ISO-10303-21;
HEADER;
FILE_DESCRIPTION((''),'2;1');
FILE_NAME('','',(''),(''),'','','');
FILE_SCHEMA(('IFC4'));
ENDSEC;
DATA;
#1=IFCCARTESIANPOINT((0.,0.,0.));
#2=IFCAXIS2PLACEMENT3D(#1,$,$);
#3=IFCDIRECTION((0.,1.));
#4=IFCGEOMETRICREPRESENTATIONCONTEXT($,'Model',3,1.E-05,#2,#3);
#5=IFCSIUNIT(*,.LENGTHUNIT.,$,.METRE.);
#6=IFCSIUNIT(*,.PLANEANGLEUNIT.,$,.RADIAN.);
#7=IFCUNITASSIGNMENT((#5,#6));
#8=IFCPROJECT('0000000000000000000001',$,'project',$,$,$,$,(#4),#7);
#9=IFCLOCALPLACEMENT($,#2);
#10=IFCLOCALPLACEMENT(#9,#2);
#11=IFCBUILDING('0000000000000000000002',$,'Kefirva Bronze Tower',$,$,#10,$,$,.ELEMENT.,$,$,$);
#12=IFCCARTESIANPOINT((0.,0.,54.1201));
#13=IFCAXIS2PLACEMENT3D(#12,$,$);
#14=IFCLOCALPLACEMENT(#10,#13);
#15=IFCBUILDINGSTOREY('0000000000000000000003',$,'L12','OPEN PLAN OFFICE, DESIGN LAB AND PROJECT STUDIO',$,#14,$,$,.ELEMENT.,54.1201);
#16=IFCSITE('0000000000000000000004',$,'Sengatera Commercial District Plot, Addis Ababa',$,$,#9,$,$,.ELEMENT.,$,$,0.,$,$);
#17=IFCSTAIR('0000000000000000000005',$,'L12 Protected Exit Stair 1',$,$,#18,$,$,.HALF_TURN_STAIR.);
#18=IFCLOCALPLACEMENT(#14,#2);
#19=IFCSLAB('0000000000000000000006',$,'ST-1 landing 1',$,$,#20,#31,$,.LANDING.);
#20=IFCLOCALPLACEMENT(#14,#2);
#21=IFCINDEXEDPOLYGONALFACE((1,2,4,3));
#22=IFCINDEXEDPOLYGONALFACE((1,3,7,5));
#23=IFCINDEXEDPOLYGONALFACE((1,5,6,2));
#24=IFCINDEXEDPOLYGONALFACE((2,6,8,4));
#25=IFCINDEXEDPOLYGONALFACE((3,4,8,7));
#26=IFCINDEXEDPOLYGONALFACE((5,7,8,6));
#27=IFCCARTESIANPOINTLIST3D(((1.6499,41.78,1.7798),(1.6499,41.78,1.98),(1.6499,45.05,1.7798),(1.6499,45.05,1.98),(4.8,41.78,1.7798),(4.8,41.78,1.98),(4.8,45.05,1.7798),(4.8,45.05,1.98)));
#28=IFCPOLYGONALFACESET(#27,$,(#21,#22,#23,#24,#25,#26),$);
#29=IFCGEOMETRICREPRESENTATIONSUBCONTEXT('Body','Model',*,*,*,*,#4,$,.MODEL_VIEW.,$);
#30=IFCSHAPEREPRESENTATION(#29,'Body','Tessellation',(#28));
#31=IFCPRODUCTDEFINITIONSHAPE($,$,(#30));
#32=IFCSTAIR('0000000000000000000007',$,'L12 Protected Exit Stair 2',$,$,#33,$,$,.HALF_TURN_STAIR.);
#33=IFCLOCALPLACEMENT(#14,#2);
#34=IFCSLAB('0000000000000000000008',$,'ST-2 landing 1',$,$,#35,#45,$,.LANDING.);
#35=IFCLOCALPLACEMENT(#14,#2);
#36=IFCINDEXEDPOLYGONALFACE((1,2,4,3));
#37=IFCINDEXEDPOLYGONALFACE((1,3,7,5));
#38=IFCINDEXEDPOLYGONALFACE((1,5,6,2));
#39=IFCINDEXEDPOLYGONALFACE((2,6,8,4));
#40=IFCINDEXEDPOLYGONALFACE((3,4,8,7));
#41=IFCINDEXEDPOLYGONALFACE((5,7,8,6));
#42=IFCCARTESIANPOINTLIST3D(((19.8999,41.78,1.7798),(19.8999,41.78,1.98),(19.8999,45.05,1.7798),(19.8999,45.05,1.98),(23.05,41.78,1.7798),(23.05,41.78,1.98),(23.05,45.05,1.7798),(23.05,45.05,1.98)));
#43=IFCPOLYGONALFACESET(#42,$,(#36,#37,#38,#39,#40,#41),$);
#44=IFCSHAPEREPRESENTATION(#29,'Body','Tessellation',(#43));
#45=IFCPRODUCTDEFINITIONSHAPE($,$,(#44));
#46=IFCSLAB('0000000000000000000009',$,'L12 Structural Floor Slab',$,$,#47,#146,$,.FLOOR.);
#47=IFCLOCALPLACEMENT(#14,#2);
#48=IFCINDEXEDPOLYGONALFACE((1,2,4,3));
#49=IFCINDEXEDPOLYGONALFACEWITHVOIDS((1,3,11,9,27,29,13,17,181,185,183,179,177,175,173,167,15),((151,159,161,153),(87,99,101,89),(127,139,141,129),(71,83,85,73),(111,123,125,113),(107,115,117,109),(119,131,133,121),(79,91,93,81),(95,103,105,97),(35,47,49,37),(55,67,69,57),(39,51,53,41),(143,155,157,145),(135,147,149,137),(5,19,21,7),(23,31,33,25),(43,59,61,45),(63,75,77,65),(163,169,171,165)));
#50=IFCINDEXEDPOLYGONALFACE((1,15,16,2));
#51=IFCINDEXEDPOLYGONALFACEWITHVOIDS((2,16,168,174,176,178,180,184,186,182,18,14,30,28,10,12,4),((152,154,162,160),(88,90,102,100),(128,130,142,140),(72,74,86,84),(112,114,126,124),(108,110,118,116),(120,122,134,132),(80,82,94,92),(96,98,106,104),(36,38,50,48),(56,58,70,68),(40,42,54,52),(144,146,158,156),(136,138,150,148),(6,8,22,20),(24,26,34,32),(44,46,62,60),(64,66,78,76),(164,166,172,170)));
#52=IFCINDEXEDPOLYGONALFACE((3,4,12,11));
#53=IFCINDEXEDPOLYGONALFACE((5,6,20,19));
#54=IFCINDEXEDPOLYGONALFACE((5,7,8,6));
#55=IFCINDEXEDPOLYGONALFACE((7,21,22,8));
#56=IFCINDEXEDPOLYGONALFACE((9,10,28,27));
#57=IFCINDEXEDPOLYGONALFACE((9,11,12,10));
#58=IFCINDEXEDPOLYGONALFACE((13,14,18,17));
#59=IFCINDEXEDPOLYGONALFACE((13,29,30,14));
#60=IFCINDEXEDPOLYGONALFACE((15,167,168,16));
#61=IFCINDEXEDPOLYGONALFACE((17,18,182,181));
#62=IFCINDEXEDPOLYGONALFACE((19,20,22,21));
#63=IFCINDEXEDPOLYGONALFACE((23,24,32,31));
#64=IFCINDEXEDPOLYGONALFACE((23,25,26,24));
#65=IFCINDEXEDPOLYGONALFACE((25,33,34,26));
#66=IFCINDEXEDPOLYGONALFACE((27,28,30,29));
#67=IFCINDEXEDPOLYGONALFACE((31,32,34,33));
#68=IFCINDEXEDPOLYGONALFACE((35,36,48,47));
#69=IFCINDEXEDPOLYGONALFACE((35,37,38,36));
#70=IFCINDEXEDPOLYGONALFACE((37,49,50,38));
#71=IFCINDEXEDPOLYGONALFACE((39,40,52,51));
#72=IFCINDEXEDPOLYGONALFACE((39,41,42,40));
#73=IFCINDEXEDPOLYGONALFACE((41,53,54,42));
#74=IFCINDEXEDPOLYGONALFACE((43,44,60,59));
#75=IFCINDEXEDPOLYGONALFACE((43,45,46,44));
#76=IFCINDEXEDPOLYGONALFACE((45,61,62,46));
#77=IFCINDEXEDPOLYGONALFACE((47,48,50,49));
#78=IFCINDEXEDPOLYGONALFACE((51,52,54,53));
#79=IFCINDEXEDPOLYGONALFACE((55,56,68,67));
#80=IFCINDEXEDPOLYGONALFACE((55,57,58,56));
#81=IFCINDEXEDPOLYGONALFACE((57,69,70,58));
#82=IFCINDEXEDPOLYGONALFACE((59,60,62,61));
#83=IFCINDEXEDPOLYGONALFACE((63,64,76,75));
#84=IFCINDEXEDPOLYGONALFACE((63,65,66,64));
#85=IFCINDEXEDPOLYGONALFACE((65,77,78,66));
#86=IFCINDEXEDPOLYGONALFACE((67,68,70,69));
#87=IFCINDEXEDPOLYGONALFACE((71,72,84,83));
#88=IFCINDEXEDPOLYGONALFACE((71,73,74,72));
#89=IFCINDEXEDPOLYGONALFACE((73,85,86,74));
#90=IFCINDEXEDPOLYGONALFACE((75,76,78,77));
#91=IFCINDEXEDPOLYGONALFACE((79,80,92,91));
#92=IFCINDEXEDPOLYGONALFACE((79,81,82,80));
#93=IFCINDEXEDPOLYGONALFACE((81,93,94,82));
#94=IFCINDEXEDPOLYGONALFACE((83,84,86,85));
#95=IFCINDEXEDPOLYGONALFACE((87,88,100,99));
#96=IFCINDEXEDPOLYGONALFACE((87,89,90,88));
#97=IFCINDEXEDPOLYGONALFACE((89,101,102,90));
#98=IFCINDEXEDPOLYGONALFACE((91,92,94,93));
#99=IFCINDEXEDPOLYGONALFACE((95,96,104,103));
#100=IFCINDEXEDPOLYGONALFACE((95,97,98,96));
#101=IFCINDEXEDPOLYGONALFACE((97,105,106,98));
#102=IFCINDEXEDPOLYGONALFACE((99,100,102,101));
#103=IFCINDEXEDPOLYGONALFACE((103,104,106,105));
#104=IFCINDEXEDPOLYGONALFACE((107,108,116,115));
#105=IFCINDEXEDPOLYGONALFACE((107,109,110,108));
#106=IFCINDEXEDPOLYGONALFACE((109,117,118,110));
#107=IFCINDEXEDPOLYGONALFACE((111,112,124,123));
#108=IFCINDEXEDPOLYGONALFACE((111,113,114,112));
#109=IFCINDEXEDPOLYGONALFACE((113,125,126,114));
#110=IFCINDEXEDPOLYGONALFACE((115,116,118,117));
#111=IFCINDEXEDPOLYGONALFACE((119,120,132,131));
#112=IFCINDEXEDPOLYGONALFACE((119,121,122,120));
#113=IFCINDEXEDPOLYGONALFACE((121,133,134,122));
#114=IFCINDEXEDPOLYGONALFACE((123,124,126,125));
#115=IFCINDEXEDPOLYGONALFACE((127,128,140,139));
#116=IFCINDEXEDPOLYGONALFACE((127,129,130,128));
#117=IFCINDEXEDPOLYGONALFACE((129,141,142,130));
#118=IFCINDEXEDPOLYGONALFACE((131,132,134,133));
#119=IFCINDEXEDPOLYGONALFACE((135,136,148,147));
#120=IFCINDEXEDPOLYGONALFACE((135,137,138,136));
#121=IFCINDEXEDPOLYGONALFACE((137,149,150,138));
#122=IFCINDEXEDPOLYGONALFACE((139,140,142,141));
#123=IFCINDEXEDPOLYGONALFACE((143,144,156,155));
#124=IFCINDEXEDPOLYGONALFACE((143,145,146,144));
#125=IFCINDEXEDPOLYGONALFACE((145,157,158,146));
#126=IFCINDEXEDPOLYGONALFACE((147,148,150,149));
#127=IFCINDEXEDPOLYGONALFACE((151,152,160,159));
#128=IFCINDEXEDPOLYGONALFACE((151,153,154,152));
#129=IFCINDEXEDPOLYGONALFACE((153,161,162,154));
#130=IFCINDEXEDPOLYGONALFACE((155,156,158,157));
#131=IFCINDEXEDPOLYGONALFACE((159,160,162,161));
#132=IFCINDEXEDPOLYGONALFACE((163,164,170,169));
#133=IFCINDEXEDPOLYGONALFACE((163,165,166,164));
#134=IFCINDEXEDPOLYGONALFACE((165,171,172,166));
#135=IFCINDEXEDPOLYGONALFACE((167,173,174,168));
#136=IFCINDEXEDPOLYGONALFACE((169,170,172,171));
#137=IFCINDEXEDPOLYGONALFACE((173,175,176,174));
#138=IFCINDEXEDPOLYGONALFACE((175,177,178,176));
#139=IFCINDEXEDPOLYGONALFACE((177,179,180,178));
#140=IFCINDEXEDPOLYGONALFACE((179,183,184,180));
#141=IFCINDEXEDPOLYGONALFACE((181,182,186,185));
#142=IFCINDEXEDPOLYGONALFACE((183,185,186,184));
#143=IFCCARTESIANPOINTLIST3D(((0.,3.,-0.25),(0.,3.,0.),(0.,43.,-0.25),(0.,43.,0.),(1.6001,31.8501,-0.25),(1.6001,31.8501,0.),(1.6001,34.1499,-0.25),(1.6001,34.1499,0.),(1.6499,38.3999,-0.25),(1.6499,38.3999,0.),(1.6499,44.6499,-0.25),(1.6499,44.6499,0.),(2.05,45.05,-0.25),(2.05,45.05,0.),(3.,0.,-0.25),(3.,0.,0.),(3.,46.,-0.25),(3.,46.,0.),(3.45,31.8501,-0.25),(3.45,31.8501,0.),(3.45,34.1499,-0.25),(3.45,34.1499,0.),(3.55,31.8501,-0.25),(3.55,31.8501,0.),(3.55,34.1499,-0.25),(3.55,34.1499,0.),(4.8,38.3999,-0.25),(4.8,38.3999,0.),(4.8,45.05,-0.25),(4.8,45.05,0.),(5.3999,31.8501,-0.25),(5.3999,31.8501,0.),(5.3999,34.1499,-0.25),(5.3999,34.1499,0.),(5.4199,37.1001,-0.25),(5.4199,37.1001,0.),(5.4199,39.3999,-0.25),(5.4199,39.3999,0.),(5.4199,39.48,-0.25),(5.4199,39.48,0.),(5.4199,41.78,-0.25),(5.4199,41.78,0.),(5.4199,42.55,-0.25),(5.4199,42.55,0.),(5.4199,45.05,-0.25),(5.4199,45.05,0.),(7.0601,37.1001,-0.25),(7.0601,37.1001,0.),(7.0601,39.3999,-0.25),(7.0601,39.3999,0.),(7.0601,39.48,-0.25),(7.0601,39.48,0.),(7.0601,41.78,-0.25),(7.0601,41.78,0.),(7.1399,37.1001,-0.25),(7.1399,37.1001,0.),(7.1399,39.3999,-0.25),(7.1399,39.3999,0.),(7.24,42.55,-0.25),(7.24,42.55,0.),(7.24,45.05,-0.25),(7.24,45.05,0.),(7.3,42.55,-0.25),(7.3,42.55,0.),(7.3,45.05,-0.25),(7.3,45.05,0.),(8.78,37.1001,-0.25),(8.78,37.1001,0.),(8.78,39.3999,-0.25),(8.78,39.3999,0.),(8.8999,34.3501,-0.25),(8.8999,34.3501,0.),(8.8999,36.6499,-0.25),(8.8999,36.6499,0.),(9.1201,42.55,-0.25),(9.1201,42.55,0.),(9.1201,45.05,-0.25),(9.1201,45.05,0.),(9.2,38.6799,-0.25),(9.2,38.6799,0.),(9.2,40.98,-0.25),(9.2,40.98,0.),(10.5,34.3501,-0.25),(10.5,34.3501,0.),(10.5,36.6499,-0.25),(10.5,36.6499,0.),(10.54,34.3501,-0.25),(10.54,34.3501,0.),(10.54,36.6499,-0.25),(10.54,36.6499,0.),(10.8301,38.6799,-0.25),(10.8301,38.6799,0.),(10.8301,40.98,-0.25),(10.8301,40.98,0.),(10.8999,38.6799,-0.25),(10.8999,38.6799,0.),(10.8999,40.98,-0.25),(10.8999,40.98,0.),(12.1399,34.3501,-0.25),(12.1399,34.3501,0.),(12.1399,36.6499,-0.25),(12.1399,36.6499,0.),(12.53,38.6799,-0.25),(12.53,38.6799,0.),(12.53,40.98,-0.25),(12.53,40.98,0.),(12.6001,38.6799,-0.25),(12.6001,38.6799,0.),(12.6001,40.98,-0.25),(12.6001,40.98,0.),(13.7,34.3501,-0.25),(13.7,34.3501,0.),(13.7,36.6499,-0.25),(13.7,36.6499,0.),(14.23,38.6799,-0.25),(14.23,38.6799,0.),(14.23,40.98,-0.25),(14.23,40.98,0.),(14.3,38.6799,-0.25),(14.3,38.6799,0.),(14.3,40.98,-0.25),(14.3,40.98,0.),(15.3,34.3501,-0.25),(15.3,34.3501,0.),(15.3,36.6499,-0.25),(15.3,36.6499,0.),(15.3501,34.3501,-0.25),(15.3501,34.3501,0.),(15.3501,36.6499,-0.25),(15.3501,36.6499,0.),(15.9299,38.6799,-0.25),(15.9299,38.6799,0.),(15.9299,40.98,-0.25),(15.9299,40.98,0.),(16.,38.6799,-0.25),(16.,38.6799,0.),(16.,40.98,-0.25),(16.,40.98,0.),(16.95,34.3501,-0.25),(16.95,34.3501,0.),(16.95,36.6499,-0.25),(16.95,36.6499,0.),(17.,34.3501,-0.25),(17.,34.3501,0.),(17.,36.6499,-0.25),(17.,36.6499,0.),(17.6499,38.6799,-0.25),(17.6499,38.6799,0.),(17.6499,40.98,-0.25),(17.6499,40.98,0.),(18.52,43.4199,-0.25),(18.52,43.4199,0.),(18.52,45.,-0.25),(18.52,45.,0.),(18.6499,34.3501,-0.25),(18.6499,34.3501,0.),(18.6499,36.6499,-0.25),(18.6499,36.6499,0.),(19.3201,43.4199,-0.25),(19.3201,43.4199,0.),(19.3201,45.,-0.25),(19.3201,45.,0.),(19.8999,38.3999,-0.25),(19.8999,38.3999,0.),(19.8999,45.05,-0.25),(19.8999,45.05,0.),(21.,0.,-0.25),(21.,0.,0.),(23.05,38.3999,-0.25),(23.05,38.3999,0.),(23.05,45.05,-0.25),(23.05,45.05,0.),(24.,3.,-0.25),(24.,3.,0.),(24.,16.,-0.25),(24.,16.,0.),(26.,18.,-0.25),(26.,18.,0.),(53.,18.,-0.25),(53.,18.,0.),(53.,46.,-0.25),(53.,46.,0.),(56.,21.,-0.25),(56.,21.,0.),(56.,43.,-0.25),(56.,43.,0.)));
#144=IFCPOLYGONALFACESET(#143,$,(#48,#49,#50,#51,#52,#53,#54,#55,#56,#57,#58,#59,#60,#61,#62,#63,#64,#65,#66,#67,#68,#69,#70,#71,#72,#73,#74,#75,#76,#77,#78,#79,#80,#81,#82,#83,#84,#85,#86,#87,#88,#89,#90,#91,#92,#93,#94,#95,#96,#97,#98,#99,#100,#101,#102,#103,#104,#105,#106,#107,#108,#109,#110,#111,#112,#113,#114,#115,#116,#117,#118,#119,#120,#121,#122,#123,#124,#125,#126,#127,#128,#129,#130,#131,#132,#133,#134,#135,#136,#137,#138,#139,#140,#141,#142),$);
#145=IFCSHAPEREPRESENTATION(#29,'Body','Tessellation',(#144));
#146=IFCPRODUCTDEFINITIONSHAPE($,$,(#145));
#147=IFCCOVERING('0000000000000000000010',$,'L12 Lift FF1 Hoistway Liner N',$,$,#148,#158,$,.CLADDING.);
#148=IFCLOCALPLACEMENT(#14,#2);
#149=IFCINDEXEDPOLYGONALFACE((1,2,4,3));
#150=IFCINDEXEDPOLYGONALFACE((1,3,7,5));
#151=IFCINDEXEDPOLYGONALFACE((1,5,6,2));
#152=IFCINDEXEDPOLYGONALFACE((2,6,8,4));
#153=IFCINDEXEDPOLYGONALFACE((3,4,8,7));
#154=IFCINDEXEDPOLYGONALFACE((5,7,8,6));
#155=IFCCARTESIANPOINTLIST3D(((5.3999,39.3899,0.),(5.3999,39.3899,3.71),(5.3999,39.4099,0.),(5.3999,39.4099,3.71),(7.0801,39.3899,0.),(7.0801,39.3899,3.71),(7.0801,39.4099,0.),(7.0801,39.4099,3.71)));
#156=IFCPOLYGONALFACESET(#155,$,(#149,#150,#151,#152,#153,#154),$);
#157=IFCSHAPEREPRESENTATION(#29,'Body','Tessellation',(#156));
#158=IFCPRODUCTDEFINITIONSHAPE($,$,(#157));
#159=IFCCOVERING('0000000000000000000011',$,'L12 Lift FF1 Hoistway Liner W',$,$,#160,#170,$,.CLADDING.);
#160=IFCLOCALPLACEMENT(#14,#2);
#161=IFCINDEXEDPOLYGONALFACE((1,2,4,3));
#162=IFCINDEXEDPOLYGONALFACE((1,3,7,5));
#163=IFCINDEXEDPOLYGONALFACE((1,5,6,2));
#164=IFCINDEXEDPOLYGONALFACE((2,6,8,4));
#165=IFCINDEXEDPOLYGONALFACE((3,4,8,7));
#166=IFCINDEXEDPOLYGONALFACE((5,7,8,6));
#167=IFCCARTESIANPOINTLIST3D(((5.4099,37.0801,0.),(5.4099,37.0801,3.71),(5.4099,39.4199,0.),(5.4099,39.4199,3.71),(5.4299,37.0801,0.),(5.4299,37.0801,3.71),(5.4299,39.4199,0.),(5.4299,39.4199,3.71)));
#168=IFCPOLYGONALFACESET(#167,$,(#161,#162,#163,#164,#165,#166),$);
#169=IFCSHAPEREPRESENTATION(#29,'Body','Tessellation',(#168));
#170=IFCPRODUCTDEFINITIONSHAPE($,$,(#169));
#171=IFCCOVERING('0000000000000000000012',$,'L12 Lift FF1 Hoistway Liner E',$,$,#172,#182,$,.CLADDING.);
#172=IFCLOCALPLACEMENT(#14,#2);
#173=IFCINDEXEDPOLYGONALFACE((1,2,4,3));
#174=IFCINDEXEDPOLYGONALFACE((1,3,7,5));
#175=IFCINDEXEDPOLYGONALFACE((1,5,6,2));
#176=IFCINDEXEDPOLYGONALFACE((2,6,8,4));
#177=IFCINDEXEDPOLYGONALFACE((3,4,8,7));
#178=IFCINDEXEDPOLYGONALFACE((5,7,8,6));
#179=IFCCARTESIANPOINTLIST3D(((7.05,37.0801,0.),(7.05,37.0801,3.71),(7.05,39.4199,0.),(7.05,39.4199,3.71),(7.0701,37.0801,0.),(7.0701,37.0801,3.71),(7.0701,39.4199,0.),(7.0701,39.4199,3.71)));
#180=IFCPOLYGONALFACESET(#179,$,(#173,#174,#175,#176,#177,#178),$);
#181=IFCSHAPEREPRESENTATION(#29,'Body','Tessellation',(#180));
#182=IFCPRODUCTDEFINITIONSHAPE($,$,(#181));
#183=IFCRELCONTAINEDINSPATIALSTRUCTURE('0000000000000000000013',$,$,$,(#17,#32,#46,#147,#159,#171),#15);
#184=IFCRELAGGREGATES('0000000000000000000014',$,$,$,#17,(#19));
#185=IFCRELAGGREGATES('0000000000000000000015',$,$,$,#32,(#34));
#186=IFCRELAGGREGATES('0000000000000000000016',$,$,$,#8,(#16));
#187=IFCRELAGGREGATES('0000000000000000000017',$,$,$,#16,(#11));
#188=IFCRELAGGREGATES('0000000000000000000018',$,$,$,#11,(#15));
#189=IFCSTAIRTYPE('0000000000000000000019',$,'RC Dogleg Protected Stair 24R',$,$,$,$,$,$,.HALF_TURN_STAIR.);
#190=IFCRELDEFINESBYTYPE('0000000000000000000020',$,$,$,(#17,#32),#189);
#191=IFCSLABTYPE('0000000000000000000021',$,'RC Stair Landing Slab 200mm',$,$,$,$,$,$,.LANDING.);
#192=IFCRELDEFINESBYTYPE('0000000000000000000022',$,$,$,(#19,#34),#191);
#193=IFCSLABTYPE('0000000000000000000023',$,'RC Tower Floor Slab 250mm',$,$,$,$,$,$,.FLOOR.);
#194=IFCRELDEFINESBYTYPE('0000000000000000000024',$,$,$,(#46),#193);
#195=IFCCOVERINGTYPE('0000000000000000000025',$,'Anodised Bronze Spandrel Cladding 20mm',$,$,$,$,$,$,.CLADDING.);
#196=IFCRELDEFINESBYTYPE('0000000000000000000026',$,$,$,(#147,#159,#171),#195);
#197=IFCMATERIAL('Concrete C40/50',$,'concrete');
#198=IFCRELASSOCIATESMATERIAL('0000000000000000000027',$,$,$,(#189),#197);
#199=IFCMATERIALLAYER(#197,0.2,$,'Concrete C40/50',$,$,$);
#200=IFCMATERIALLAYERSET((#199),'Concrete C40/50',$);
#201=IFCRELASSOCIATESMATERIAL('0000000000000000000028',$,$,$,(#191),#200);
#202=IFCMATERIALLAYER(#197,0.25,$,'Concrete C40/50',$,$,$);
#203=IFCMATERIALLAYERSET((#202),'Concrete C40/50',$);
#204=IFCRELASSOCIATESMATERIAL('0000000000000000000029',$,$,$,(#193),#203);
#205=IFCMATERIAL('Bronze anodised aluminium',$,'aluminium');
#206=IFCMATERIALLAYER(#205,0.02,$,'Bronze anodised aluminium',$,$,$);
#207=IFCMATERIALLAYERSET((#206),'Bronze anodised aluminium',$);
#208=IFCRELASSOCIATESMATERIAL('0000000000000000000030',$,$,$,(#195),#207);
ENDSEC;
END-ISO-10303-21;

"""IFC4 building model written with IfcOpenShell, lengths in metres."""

from ifc_helpers import new_model, si_unit, direction, frame, origin, place, context, subcontext, project, spatial, polyline, outline, extrude, material, layer, layer_set, type_object, element, aggregate, save


model = new_model("IFC4")

# Units and contexts
model_context = context("Model", 3, precision=1e-05, world=origin(), true_north=direction((0.0, 1.0)))
body_context = subcontext(model_context, "Body", "Model", "MODEL_VIEW")
ifc_project = project(units=[si_unit("LENGTHUNIT", "METRE"), si_unit("PLANEANGLEUNIT", "RADIAN")], contexts=[model_context])

# Site, building, storey
site_placement = place(None, origin())
site = spatial("IfcSite", under=ifc_project, at=site_placement, Name="Sengatera Commercial District Plot, Addis Ababa", CompositionType="ELEMENT", RefElevation=0.0)
building_placement = place(site_placement, origin())
building = spatial("IfcBuilding", under=site, at=building_placement, Name="Kefirva Bronze Tower", CompositionType="ELEMENT")
storey_placement = place(building_placement, frame((0.0, 0.0, 54.1201)))
storey = spatial("IfcBuildingStorey", under=building, at=storey_placement, Name="L12", Description="OPEN PLAN OFFICE, DESIGN LAB AND PROJECT STUDIO", CompositionType="ELEMENT", Elevation=54.1201)

# Stairs, slabs
ifc_material_1 = material(Name="Concrete C40/50", Category="concrete")
stair_type = type_object("IfcStairType", Name="RC Dogleg Protected Stair 24R", PredefinedType="HALF_TURN_STAIR", material=ifc_material_1)
stair_1_placement = place(storey_placement, origin())
stair_1 = element("IfcStair", 1, at=stair_1_placement, inside=storey, type_object=stair_type, Name="L12 Protected Exit Stair 1", PredefinedType="HALF_TURN_STAIR")
ifc_layer_1 = layer(ifc_material_1, 0.2, Name="Concrete C40/50")
ifc_layer_set_1 = layer_set([ifc_layer_1], Name="Concrete C40/50")
slab_type_1 = type_object("IfcSlabType", Name="RC Stair Landing Slab 200mm", PredefinedType="LANDING", material=ifc_layer_set_1)
slab_1_placement = place(storey_placement, frame((0.0, 0.0, 1.7798)))
slab_1 = element("IfcSlab", 2, at=slab_1_placement, type_object=slab_type_1, Name="ST-1 landing 1", PredefinedType="LANDING", context=body_context, shape_type="SweptSolid", body=[
    extrude(outline(polyline([(4.8, 41.78), (4.8, 45.05), (1.6499, 45.05), (1.6499, 41.78), (4.8, 41.78)])), origin(), (0.0, 0.0, 1.0), 0.2002),
])
aggregate(stair_1, [slab_1])
stair_2_placement = place(storey_placement, origin())
stair_2 = element("IfcStair", 3, at=stair_2_placement, inside=storey, type_object=stair_type, Name="L12 Protected Exit Stair 2", PredefinedType="HALF_TURN_STAIR")
slab_2_placement = place(storey_placement, frame((0.0, 0.0, 1.7798)))
slab_2 = element("IfcSlab", 4, at=slab_2_placement, type_object=slab_type_1, Name="ST-2 landing 1", PredefinedType="LANDING", context=body_context, shape_type="SweptSolid", body=[
    extrude(outline(polyline([(23.05, 41.78), (23.05, 45.05), (19.8999, 45.05), (19.8999, 41.78), (23.05, 41.78)])), origin(), (0.0, 0.0, 1.0), 0.2002),
])
aggregate(stair_2, [slab_2])

# Slab
ifc_layer_2 = layer(ifc_material_1, 0.25, Name="Concrete C40/50")
ifc_layer_set_2 = layer_set([ifc_layer_2], Name="Concrete C40/50")
slab_type_2 = type_object("IfcSlabType", Name="RC Tower Floor Slab 250mm", PredefinedType="FLOOR", material=ifc_layer_set_2)
slab_3_placement = place(storey_placement, frame((0.0, 0.0, -0.25)))
element("IfcSlab", 5, at=slab_3_placement, inside=storey, type_object=slab_type_2, Name="L12 Structural Floor Slab", PredefinedType="FLOOR", context=body_context, shape_type="SweptSolid", body=[
    extrude(outline(polyline([(0.0, 3.0), (0.0, 43.0), (1.6499, 44.6499), (1.6499, 38.3999), (4.8, 38.3999), (4.8, 45.05), (2.05, 45.05), (3.0, 46.0), (53.0, 46.0), (56.0, 43.0), (56.0, 21.0), (53.0, 18.0), (26.0, 18.0), (24.0, 16.0), (24.0, 3.0), (21.0, 0.0), (3.0, 0.0), (0.0, 3.0)]), holes=[polyline([(19.8999, 38.3999), (23.05, 38.3999), (23.05, 45.05), (19.8999, 45.05), (19.8999, 38.3999)]), polyline([(18.52, 43.4199), (19.3201, 43.4199), (19.3201, 45.0), (18.52, 45.0), (18.52, 43.4199)]), polyline([(17.0, 34.3501), (18.6499, 34.3501), (18.6499, 36.6499), (17.0, 36.6499), (17.0, 34.3501)]), polyline([(17.6499, 38.6799), (17.6499, 40.98), (16.0, 40.98), (16.0, 38.6799), (17.6499, 38.6799)]), polyline([(16.95, 34.3501), (16.95, 36.6499), (15.3501, 36.6499), (15.3501, 34.3501), (16.95, 34.3501)]), polyline([(15.9299, 38.6799), (15.9299, 40.98), (14.3, 40.98), (14.3, 38.6799), (15.9299, 38.6799)]), polyline([(15.3, 34.3501), (15.3, 36.6499), (13.7, 36.6499), (13.7, 34.3501), (15.3, 34.3501)]), polyline([(14.23, 38.6799), (14.23, 40.98), (12.6001, 40.98), (12.6001, 38.6799), (14.23, 38.6799)]), polyline([(10.8999, 38.6799), (12.53, 38.6799), (12.53, 40.98), (10.8999, 40.98), (10.8999, 38.6799)]), polyline([(12.1399, 34.3501), (12.1399, 36.6499), (10.54, 36.6499), (10.54, 34.3501), (12.1399, 34.3501)]), polyline([(10.8301, 38.6799), (10.8301, 40.98), (9.2, 40.98), (9.2, 38.6799), (10.8301, 38.6799)]), polyline([(10.5, 34.3501), (10.5, 36.6499), (8.8999, 36.6499), (8.8999, 34.3501), (10.5, 34.3501)]), polyline([(7.3, 42.55), (9.1201, 42.55), (9.1201, 45.05), (7.3, 45.05), (7.3, 42.55)]), polyline([(7.1399, 37.1001), (8.78, 37.1001), (8.78, 39.3999), (7.1399, 39.3999), (7.1399, 37.1001)]), polyline([(5.4199, 42.55), (7.24, 42.55), (7.24, 45.05), (5.4199, 45.05), (5.4199, 42.55)]), polyline([(7.0601, 39.48), (7.0601, 41.78), (5.4199, 41.78), (5.4199, 39.48), (7.0601, 39.48)]), polyline([(5.4199, 37.1001), (7.0601, 37.1001), (7.0601, 39.3999), (5.4199, 39.3999), (5.4199, 37.1001)]), polyline([(5.3999, 31.8501), (5.3999, 34.1499), (3.55, 34.1499), (3.55, 31.8501), (5.3999, 31.8501)]), polyline([(3.45, 31.8501), (3.45, 34.1499), (1.6001, 34.1499), (1.6001, 31.8501), (3.45, 31.8501)])]), origin(), (0.0, 0.0, 1.0), 0.25),
])

# Coverings
ifc_material_2 = material(Name="Bronze anodised aluminium", Category="aluminium")
ifc_layer_3 = layer(ifc_material_2, 0.02, Name="Bronze anodised aluminium")
ifc_layer_set_3 = layer_set([ifc_layer_3], Name="Bronze anodised aluminium")
covering_type = type_object("IfcCoveringType", Name="Anodised Bronze Spandrel Cladding 20mm", PredefinedType="CLADDING", material=ifc_layer_set_3)
covering_1_placement = place(storey_placement, origin())
element("IfcCovering", 6, at=covering_1_placement, inside=storey, type_object=covering_type, Name="L12 Lift FF1 Hoistway Liner N", PredefinedType="CLADDING", context=body_context, shape_type="SweptSolid", body=[
    extrude(outline(polyline([(5.3999, 39.3899), (7.0801, 39.3899), (7.0801, 39.4099), (5.3999, 39.4099), (5.3999, 39.3899)])), origin(), (0.0, 0.0, 1.0), 3.71),
])
covering_2_placement = place(storey_placement, origin())
element("IfcCovering", 7, at=covering_2_placement, inside=storey, type_object=covering_type, Name="L12 Lift FF1 Hoistway Liner W", PredefinedType="CLADDING", context=body_context, shape_type="SweptSolid", body=[
    extrude(outline(polyline([(5.4099, 37.0801), (5.4299, 37.0801), (5.4299, 39.4199), (5.4099, 39.4199), (5.4099, 37.0801)])), origin(), (0.0, 0.0, 1.0), 3.71),
])
covering_3_placement = place(storey_placement, origin())
element("IfcCovering", 8, at=covering_3_placement, inside=storey, type_object=covering_type, Name="L12 Lift FF1 Hoistway Liner E", PredefinedType="CLADDING", context=body_context, shape_type="SweptSolid", body=[
    extrude(outline(polyline([(7.05, 37.0801), (7.0701, 37.0801), (7.0701, 39.4199), (7.05, 39.4199), (7.05, 37.0801)])), origin(), (0.0, 0.0, 1.0), 3.71),
])

save(model, "model.ifc")
